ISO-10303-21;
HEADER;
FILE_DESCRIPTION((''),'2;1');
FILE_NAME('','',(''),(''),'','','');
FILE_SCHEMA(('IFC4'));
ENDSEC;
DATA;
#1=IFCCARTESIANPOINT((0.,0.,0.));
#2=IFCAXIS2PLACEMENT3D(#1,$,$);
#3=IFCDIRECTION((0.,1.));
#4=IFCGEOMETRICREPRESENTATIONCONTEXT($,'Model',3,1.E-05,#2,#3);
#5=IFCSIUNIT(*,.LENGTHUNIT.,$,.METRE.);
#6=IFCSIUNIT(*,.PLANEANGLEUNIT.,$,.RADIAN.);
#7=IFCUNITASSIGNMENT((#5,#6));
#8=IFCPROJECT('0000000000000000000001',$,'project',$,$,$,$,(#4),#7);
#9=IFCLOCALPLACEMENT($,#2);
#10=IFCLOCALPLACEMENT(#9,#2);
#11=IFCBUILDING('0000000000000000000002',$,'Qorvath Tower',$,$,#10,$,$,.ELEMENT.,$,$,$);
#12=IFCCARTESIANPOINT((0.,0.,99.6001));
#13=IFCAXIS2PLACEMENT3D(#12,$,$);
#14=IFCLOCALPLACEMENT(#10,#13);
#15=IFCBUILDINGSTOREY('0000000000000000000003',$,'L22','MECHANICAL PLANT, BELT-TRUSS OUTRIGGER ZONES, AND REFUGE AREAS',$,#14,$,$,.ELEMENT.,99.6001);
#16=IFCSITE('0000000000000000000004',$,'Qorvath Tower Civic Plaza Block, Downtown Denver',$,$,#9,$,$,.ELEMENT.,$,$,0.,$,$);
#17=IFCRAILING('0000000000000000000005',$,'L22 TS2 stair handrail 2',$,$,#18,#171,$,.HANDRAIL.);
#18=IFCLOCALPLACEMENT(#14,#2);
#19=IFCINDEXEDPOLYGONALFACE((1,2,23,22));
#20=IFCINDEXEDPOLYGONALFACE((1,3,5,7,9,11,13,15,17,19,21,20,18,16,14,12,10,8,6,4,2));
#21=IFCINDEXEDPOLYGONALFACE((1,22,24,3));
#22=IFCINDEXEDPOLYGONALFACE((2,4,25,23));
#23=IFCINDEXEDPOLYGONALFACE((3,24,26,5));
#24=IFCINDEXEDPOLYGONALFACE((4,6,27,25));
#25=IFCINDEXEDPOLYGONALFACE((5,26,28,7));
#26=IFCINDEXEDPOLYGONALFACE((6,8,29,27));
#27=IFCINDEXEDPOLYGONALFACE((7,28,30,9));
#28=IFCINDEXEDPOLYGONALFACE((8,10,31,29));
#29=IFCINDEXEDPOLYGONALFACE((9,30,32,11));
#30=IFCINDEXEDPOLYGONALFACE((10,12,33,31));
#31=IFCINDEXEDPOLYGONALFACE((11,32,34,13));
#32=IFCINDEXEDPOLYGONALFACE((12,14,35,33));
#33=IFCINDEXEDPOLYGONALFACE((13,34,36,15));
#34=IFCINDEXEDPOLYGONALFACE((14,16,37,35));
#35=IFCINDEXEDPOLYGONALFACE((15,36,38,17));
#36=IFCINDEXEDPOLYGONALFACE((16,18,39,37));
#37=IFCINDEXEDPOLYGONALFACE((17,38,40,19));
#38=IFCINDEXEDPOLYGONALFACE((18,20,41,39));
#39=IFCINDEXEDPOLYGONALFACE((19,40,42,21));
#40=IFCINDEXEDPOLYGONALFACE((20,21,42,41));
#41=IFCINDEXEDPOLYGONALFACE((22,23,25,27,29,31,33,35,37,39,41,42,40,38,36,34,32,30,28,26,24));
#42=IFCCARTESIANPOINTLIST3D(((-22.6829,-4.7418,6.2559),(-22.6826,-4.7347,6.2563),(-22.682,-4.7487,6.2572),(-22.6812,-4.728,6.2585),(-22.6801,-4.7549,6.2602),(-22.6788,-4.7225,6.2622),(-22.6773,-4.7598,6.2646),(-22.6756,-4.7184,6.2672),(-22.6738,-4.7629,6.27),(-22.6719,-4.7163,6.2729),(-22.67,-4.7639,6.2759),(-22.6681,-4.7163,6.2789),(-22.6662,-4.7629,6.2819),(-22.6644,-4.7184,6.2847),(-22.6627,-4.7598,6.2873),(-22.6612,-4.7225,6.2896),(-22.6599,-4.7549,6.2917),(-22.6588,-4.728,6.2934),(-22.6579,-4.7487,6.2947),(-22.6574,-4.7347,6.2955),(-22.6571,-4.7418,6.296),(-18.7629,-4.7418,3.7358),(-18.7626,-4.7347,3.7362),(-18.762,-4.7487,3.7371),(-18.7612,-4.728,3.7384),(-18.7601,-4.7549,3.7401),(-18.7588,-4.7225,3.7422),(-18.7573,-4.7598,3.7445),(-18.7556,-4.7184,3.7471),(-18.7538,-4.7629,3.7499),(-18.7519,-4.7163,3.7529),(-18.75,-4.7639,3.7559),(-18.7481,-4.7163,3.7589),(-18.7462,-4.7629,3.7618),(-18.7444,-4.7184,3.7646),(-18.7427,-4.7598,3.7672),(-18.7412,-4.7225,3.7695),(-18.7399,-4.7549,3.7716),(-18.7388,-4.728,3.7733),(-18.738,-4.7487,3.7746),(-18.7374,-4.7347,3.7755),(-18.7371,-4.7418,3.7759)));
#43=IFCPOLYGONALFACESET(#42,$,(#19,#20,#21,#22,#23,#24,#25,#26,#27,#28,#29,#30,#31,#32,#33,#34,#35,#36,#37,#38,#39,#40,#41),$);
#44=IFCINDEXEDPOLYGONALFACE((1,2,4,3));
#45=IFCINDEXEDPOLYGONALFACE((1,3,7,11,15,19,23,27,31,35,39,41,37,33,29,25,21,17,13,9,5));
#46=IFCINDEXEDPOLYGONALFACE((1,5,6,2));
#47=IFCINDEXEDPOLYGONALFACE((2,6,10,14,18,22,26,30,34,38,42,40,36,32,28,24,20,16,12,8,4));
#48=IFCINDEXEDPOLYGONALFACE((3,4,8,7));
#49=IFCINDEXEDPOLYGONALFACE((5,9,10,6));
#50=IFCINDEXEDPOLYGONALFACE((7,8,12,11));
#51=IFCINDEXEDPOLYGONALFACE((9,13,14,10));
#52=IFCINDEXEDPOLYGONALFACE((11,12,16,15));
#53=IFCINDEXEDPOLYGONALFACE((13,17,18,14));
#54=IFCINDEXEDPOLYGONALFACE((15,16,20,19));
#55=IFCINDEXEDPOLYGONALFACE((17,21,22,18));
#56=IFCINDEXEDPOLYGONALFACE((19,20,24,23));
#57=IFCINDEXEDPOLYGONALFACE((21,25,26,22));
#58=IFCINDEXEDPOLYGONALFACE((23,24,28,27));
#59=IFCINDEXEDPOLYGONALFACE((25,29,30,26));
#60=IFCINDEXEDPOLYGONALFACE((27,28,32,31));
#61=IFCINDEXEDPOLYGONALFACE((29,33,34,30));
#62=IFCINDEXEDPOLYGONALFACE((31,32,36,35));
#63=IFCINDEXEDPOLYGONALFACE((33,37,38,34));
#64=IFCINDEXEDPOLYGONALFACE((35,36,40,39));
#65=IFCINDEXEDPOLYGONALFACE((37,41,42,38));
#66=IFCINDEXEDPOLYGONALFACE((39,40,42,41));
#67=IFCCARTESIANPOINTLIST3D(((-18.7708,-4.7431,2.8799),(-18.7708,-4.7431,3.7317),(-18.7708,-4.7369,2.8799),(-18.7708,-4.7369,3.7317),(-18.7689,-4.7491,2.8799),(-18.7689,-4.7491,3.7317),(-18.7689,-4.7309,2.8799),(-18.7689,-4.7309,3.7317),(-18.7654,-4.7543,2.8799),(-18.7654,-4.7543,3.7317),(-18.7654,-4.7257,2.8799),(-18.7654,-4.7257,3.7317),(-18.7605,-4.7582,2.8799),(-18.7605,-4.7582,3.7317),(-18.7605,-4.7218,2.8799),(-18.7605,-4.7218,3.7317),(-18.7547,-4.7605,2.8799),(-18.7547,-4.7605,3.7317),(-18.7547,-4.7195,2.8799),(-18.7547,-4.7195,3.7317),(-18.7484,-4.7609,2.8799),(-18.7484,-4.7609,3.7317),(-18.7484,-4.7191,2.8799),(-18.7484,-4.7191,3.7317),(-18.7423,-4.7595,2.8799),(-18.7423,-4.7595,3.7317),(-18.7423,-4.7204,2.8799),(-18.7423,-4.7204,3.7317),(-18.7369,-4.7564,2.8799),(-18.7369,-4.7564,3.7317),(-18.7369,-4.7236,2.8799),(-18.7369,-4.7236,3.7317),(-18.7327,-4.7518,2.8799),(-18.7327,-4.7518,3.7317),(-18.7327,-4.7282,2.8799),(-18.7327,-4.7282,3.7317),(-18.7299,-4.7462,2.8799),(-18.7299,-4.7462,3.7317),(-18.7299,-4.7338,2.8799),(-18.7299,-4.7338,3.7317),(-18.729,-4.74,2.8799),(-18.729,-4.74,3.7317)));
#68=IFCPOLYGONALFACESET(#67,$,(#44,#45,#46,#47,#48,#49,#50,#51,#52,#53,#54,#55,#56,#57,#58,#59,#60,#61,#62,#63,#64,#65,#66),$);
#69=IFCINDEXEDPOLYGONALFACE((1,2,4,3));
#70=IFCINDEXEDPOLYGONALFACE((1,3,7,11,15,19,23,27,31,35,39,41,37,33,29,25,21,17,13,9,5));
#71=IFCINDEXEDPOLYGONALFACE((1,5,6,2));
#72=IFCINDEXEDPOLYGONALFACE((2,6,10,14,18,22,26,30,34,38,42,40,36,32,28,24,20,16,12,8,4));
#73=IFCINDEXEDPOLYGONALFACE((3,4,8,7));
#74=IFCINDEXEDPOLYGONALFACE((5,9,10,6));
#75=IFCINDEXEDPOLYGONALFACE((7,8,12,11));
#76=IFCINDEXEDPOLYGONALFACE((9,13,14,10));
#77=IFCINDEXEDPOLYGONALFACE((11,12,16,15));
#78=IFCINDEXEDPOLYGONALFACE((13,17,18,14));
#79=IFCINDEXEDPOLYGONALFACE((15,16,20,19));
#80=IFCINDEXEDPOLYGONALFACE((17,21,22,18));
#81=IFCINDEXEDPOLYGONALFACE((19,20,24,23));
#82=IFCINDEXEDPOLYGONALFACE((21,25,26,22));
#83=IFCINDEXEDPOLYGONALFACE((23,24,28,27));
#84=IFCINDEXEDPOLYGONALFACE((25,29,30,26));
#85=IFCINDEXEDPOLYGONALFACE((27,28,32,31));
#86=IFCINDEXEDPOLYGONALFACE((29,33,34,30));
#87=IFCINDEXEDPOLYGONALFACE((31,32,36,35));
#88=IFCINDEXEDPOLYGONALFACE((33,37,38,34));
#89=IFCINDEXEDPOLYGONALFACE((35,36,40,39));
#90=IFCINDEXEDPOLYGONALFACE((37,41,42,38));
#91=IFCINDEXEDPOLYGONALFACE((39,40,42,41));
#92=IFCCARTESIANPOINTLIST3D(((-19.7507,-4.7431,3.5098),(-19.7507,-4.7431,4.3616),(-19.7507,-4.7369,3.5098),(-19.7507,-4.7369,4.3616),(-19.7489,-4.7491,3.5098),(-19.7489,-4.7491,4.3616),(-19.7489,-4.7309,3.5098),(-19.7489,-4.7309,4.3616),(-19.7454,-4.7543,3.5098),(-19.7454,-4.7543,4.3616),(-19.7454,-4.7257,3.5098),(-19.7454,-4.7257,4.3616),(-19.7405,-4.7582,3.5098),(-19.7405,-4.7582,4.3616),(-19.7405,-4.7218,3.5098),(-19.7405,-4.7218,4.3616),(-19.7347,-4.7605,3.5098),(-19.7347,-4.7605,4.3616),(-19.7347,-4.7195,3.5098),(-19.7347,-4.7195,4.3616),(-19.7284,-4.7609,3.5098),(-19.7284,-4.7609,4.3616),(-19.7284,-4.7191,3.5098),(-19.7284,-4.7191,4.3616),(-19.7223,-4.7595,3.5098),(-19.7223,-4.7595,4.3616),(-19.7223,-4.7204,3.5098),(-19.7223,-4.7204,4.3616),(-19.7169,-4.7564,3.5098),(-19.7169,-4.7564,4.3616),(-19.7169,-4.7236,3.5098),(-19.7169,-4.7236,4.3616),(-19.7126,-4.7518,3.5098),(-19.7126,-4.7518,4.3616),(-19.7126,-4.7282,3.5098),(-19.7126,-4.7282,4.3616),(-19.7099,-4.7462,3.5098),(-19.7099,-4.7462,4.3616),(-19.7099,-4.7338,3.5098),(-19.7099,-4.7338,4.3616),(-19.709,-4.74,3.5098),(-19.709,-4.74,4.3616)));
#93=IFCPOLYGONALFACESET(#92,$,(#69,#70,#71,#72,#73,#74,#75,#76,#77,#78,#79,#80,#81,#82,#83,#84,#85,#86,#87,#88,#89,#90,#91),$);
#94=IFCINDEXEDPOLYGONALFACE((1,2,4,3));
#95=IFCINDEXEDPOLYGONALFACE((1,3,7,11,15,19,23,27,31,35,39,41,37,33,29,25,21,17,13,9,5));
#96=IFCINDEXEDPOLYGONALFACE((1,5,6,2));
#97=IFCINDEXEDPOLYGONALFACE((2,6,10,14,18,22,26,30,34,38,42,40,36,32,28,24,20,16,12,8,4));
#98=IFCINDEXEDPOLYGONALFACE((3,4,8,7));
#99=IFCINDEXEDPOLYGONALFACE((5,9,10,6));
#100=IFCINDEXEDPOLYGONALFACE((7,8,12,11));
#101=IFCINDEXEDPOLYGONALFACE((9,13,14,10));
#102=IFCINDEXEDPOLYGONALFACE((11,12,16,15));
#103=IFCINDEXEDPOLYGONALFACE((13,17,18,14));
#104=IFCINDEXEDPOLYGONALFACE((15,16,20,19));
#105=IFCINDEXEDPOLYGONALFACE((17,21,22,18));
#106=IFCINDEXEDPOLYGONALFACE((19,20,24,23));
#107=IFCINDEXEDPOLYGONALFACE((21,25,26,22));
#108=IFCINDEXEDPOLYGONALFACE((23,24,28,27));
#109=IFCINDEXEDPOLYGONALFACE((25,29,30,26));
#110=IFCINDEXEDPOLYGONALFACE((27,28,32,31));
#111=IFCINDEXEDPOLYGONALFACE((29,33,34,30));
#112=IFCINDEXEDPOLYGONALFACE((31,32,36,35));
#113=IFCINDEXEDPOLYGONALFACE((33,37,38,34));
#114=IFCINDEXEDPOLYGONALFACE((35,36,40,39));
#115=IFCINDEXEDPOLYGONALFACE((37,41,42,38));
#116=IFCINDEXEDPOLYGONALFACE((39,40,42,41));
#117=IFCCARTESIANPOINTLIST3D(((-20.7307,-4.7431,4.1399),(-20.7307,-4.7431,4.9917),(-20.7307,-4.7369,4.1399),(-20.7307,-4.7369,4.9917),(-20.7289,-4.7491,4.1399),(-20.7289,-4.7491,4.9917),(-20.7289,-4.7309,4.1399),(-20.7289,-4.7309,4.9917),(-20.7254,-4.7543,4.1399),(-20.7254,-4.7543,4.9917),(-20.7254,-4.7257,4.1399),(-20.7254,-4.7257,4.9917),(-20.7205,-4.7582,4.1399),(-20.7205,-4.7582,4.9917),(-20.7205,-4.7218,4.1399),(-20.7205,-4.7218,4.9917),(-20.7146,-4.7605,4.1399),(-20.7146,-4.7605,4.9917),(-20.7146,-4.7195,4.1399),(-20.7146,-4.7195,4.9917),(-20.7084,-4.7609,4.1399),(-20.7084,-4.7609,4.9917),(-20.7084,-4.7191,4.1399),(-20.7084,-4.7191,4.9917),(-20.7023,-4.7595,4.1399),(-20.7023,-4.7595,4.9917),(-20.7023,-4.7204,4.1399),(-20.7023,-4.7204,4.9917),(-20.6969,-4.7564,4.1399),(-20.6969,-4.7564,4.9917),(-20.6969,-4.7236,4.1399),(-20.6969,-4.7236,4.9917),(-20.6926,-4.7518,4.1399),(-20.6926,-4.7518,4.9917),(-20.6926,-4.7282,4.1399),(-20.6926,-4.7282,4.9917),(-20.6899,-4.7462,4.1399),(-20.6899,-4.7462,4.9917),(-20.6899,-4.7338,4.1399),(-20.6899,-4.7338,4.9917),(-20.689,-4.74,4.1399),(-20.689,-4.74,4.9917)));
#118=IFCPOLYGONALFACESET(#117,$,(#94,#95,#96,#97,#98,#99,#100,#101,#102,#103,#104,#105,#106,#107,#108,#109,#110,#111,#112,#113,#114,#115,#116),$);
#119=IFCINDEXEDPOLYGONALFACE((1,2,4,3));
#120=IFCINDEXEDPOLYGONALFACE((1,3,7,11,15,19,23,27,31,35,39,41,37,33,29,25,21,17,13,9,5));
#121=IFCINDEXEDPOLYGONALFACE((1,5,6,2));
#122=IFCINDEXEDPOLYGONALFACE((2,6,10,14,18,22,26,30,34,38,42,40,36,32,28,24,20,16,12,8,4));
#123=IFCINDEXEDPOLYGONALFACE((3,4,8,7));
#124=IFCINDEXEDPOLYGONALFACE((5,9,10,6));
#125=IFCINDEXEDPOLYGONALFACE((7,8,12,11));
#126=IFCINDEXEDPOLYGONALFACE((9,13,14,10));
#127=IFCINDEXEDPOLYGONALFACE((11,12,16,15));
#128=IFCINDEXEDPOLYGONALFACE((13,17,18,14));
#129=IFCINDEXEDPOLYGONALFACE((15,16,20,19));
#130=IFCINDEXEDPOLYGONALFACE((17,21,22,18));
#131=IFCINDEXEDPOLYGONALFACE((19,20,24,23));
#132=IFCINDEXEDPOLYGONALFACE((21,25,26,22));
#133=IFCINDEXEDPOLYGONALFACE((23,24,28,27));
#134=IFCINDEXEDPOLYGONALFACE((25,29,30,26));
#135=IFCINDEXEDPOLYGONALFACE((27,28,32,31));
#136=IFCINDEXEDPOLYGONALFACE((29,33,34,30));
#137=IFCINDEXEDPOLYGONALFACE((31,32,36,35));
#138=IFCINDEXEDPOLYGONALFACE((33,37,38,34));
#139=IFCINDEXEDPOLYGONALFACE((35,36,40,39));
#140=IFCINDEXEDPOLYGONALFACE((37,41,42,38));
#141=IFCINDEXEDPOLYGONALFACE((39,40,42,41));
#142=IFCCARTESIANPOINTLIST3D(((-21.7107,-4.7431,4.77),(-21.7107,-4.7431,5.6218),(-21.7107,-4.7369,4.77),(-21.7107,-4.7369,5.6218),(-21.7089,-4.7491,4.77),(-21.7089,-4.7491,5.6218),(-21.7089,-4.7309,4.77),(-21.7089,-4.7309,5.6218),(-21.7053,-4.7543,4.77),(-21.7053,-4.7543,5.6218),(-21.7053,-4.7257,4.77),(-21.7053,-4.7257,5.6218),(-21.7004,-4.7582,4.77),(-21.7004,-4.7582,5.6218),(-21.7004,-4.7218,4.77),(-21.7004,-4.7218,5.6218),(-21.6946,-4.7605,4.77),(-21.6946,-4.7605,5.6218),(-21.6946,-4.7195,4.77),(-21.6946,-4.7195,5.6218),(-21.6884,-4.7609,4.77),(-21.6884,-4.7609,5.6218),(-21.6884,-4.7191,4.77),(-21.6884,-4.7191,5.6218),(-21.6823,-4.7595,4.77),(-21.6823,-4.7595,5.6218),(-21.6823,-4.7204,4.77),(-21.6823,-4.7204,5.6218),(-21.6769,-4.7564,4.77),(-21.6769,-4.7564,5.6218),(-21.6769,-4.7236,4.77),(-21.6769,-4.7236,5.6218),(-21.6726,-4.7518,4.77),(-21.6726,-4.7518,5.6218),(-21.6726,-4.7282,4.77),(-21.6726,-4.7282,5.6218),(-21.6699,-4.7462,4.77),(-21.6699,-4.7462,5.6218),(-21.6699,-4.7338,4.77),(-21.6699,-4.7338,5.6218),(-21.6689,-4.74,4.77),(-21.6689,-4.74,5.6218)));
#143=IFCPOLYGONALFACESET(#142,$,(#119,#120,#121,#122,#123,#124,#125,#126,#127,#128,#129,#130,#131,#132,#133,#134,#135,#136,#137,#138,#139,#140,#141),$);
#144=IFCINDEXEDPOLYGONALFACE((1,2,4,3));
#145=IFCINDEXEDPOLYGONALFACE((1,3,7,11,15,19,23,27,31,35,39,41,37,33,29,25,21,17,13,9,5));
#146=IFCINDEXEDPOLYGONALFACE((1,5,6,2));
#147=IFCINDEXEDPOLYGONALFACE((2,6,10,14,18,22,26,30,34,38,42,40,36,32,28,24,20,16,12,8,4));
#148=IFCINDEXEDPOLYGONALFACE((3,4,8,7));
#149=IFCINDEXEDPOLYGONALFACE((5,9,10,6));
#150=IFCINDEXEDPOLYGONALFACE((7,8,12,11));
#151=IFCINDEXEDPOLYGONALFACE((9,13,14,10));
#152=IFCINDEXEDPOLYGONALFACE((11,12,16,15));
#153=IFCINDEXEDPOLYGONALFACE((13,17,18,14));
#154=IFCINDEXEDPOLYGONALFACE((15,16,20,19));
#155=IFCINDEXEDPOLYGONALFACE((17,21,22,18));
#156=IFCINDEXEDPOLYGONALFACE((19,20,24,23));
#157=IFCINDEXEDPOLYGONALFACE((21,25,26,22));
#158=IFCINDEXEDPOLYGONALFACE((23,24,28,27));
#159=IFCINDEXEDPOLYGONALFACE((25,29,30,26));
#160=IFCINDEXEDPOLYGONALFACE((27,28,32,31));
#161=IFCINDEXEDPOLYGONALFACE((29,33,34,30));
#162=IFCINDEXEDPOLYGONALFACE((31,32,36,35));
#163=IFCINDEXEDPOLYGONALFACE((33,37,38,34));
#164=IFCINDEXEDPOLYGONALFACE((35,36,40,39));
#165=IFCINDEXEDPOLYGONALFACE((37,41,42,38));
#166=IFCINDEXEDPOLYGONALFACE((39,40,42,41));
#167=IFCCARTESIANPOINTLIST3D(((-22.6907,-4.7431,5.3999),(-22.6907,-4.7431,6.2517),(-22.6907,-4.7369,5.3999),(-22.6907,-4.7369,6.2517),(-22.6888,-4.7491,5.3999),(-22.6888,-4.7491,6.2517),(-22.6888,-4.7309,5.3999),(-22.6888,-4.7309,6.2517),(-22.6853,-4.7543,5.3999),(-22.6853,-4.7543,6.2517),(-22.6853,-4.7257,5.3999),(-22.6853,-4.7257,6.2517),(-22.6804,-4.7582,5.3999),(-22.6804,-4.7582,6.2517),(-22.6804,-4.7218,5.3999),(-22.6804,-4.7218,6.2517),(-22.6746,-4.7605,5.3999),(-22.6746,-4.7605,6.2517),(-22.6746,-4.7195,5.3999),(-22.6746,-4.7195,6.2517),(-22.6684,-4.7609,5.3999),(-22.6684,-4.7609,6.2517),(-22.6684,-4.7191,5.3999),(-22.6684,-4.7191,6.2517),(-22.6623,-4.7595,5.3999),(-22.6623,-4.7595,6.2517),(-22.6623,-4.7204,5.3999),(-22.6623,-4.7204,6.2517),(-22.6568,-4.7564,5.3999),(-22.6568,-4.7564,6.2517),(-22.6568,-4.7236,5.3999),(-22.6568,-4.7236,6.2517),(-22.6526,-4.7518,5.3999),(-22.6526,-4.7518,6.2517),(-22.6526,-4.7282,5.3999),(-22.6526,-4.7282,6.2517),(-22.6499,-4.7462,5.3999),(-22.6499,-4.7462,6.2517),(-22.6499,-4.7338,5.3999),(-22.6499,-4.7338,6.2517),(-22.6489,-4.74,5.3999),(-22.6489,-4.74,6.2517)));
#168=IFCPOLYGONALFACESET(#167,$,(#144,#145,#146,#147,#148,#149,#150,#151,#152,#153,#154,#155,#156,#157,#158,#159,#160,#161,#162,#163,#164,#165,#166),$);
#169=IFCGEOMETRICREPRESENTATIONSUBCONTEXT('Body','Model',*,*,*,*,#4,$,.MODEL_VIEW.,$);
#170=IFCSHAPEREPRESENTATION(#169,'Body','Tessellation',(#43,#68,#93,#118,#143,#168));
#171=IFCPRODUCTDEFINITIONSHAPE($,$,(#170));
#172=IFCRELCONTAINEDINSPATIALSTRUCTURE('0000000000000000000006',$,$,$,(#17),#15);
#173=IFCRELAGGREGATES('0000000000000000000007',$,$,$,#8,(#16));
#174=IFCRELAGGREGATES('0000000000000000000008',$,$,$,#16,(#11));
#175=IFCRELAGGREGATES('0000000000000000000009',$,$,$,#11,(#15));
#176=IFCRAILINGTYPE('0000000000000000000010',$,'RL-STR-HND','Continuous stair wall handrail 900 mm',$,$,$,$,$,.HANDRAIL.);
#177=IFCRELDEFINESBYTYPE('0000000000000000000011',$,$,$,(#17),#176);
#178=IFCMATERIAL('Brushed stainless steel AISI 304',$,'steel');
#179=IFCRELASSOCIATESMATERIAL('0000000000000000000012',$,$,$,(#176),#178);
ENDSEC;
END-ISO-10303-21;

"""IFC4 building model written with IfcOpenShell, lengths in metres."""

from ifc_helpers import new_model, si_unit, direction, frame, origin, origin_2d, place, context, subcontext, project, spatial, circle, extrude, material, type_object, element, save


model = new_model("IFC4")

# Units and contexts
model_context = context("Model", 3, precision=1e-05, world=origin(), true_north=direction((0.0, 1.0)))
body_context = subcontext(model_context, "Body", "Model", "MODEL_VIEW")
ifc_project = project(units=[si_unit("LENGTHUNIT", "METRE"), si_unit("PLANEANGLEUNIT", "RADIAN")], contexts=[model_context])

# Site, building, storey
site_placement = place(None, origin())
site = spatial("IfcSite", under=ifc_project, at=site_placement, Name="Qorvath Tower Civic Plaza Block, Downtown Denver", CompositionType="ELEMENT", RefElevation=0.0)
building_placement = place(site_placement, origin())
building = spatial("IfcBuilding", under=site, at=building_placement, Name="Qorvath Tower", CompositionType="ELEMENT")
storey_placement = place(building_placement, frame((0.0, 0.0, 99.6001)))
storey = spatial("IfcBuildingStorey", under=building, at=storey_placement, Name="L22", Description="MECHANICAL PLANT, BELT-TRUSS OUTRIGGER ZONES, AND REFUGE AREAS", CompositionType="ELEMENT", Elevation=99.6001)

# Railing
ifc_material_1 = material(Name="Brushed stainless steel AISI 304", Category="steel")
railing_type_1 = type_object("IfcRailingType", Name="RL-STR-HND", Description="Continuous stair wall handrail 900 mm", PredefinedType="HANDRAIL", material=ifc_material_1)
railing_1_placement = place(storey_placement, frame((-18.75, -4.74, 2.8799)))
element("IfcRailing", 1, at=railing_1_placement, inside=storey, type_object=railing_type_1, Name="L22 TS2 stair handrail 2", PredefinedType="HANDRAIL", context=body_context, shape_type="SweptSolid", body=[
    extrude(circle(Radius=0.0239, at=origin_2d()), frame((0.0, 0.0, 0.876), z_axis=(-0.841172, 0.0, 0.540768), x_axis=(0.0, -1.0, 0.0)), (0.0, 0.0, 1.0), 4.6602),
    extrude(circle(Radius=0.021, at=origin_2d()), origin(), (0.0, 0.0, 1.0), 0.8518),
    extrude(circle(Radius=0.021, at=origin_2d()), frame((-0.98, 0.0, 0.6299)), (0.0, 0.0, 1.0), 0.8518),
    extrude(circle(Radius=0.021, at=origin_2d()), frame((-1.96, 0.0, 1.26)), (0.0, 0.0, 1.0), 0.8518),
    extrude(circle(Radius=0.021, at=origin_2d()), frame((-2.9399, 0.0, 1.8901)), (0.0, 0.0, 1.0), 0.8518),
    extrude(circle(Radius=0.021, at=origin_2d()), frame((-3.9199, 0.0, 2.52)), (0.0, 0.0, 1.0), 0.8518),
])

save(model, "model.ifc")
